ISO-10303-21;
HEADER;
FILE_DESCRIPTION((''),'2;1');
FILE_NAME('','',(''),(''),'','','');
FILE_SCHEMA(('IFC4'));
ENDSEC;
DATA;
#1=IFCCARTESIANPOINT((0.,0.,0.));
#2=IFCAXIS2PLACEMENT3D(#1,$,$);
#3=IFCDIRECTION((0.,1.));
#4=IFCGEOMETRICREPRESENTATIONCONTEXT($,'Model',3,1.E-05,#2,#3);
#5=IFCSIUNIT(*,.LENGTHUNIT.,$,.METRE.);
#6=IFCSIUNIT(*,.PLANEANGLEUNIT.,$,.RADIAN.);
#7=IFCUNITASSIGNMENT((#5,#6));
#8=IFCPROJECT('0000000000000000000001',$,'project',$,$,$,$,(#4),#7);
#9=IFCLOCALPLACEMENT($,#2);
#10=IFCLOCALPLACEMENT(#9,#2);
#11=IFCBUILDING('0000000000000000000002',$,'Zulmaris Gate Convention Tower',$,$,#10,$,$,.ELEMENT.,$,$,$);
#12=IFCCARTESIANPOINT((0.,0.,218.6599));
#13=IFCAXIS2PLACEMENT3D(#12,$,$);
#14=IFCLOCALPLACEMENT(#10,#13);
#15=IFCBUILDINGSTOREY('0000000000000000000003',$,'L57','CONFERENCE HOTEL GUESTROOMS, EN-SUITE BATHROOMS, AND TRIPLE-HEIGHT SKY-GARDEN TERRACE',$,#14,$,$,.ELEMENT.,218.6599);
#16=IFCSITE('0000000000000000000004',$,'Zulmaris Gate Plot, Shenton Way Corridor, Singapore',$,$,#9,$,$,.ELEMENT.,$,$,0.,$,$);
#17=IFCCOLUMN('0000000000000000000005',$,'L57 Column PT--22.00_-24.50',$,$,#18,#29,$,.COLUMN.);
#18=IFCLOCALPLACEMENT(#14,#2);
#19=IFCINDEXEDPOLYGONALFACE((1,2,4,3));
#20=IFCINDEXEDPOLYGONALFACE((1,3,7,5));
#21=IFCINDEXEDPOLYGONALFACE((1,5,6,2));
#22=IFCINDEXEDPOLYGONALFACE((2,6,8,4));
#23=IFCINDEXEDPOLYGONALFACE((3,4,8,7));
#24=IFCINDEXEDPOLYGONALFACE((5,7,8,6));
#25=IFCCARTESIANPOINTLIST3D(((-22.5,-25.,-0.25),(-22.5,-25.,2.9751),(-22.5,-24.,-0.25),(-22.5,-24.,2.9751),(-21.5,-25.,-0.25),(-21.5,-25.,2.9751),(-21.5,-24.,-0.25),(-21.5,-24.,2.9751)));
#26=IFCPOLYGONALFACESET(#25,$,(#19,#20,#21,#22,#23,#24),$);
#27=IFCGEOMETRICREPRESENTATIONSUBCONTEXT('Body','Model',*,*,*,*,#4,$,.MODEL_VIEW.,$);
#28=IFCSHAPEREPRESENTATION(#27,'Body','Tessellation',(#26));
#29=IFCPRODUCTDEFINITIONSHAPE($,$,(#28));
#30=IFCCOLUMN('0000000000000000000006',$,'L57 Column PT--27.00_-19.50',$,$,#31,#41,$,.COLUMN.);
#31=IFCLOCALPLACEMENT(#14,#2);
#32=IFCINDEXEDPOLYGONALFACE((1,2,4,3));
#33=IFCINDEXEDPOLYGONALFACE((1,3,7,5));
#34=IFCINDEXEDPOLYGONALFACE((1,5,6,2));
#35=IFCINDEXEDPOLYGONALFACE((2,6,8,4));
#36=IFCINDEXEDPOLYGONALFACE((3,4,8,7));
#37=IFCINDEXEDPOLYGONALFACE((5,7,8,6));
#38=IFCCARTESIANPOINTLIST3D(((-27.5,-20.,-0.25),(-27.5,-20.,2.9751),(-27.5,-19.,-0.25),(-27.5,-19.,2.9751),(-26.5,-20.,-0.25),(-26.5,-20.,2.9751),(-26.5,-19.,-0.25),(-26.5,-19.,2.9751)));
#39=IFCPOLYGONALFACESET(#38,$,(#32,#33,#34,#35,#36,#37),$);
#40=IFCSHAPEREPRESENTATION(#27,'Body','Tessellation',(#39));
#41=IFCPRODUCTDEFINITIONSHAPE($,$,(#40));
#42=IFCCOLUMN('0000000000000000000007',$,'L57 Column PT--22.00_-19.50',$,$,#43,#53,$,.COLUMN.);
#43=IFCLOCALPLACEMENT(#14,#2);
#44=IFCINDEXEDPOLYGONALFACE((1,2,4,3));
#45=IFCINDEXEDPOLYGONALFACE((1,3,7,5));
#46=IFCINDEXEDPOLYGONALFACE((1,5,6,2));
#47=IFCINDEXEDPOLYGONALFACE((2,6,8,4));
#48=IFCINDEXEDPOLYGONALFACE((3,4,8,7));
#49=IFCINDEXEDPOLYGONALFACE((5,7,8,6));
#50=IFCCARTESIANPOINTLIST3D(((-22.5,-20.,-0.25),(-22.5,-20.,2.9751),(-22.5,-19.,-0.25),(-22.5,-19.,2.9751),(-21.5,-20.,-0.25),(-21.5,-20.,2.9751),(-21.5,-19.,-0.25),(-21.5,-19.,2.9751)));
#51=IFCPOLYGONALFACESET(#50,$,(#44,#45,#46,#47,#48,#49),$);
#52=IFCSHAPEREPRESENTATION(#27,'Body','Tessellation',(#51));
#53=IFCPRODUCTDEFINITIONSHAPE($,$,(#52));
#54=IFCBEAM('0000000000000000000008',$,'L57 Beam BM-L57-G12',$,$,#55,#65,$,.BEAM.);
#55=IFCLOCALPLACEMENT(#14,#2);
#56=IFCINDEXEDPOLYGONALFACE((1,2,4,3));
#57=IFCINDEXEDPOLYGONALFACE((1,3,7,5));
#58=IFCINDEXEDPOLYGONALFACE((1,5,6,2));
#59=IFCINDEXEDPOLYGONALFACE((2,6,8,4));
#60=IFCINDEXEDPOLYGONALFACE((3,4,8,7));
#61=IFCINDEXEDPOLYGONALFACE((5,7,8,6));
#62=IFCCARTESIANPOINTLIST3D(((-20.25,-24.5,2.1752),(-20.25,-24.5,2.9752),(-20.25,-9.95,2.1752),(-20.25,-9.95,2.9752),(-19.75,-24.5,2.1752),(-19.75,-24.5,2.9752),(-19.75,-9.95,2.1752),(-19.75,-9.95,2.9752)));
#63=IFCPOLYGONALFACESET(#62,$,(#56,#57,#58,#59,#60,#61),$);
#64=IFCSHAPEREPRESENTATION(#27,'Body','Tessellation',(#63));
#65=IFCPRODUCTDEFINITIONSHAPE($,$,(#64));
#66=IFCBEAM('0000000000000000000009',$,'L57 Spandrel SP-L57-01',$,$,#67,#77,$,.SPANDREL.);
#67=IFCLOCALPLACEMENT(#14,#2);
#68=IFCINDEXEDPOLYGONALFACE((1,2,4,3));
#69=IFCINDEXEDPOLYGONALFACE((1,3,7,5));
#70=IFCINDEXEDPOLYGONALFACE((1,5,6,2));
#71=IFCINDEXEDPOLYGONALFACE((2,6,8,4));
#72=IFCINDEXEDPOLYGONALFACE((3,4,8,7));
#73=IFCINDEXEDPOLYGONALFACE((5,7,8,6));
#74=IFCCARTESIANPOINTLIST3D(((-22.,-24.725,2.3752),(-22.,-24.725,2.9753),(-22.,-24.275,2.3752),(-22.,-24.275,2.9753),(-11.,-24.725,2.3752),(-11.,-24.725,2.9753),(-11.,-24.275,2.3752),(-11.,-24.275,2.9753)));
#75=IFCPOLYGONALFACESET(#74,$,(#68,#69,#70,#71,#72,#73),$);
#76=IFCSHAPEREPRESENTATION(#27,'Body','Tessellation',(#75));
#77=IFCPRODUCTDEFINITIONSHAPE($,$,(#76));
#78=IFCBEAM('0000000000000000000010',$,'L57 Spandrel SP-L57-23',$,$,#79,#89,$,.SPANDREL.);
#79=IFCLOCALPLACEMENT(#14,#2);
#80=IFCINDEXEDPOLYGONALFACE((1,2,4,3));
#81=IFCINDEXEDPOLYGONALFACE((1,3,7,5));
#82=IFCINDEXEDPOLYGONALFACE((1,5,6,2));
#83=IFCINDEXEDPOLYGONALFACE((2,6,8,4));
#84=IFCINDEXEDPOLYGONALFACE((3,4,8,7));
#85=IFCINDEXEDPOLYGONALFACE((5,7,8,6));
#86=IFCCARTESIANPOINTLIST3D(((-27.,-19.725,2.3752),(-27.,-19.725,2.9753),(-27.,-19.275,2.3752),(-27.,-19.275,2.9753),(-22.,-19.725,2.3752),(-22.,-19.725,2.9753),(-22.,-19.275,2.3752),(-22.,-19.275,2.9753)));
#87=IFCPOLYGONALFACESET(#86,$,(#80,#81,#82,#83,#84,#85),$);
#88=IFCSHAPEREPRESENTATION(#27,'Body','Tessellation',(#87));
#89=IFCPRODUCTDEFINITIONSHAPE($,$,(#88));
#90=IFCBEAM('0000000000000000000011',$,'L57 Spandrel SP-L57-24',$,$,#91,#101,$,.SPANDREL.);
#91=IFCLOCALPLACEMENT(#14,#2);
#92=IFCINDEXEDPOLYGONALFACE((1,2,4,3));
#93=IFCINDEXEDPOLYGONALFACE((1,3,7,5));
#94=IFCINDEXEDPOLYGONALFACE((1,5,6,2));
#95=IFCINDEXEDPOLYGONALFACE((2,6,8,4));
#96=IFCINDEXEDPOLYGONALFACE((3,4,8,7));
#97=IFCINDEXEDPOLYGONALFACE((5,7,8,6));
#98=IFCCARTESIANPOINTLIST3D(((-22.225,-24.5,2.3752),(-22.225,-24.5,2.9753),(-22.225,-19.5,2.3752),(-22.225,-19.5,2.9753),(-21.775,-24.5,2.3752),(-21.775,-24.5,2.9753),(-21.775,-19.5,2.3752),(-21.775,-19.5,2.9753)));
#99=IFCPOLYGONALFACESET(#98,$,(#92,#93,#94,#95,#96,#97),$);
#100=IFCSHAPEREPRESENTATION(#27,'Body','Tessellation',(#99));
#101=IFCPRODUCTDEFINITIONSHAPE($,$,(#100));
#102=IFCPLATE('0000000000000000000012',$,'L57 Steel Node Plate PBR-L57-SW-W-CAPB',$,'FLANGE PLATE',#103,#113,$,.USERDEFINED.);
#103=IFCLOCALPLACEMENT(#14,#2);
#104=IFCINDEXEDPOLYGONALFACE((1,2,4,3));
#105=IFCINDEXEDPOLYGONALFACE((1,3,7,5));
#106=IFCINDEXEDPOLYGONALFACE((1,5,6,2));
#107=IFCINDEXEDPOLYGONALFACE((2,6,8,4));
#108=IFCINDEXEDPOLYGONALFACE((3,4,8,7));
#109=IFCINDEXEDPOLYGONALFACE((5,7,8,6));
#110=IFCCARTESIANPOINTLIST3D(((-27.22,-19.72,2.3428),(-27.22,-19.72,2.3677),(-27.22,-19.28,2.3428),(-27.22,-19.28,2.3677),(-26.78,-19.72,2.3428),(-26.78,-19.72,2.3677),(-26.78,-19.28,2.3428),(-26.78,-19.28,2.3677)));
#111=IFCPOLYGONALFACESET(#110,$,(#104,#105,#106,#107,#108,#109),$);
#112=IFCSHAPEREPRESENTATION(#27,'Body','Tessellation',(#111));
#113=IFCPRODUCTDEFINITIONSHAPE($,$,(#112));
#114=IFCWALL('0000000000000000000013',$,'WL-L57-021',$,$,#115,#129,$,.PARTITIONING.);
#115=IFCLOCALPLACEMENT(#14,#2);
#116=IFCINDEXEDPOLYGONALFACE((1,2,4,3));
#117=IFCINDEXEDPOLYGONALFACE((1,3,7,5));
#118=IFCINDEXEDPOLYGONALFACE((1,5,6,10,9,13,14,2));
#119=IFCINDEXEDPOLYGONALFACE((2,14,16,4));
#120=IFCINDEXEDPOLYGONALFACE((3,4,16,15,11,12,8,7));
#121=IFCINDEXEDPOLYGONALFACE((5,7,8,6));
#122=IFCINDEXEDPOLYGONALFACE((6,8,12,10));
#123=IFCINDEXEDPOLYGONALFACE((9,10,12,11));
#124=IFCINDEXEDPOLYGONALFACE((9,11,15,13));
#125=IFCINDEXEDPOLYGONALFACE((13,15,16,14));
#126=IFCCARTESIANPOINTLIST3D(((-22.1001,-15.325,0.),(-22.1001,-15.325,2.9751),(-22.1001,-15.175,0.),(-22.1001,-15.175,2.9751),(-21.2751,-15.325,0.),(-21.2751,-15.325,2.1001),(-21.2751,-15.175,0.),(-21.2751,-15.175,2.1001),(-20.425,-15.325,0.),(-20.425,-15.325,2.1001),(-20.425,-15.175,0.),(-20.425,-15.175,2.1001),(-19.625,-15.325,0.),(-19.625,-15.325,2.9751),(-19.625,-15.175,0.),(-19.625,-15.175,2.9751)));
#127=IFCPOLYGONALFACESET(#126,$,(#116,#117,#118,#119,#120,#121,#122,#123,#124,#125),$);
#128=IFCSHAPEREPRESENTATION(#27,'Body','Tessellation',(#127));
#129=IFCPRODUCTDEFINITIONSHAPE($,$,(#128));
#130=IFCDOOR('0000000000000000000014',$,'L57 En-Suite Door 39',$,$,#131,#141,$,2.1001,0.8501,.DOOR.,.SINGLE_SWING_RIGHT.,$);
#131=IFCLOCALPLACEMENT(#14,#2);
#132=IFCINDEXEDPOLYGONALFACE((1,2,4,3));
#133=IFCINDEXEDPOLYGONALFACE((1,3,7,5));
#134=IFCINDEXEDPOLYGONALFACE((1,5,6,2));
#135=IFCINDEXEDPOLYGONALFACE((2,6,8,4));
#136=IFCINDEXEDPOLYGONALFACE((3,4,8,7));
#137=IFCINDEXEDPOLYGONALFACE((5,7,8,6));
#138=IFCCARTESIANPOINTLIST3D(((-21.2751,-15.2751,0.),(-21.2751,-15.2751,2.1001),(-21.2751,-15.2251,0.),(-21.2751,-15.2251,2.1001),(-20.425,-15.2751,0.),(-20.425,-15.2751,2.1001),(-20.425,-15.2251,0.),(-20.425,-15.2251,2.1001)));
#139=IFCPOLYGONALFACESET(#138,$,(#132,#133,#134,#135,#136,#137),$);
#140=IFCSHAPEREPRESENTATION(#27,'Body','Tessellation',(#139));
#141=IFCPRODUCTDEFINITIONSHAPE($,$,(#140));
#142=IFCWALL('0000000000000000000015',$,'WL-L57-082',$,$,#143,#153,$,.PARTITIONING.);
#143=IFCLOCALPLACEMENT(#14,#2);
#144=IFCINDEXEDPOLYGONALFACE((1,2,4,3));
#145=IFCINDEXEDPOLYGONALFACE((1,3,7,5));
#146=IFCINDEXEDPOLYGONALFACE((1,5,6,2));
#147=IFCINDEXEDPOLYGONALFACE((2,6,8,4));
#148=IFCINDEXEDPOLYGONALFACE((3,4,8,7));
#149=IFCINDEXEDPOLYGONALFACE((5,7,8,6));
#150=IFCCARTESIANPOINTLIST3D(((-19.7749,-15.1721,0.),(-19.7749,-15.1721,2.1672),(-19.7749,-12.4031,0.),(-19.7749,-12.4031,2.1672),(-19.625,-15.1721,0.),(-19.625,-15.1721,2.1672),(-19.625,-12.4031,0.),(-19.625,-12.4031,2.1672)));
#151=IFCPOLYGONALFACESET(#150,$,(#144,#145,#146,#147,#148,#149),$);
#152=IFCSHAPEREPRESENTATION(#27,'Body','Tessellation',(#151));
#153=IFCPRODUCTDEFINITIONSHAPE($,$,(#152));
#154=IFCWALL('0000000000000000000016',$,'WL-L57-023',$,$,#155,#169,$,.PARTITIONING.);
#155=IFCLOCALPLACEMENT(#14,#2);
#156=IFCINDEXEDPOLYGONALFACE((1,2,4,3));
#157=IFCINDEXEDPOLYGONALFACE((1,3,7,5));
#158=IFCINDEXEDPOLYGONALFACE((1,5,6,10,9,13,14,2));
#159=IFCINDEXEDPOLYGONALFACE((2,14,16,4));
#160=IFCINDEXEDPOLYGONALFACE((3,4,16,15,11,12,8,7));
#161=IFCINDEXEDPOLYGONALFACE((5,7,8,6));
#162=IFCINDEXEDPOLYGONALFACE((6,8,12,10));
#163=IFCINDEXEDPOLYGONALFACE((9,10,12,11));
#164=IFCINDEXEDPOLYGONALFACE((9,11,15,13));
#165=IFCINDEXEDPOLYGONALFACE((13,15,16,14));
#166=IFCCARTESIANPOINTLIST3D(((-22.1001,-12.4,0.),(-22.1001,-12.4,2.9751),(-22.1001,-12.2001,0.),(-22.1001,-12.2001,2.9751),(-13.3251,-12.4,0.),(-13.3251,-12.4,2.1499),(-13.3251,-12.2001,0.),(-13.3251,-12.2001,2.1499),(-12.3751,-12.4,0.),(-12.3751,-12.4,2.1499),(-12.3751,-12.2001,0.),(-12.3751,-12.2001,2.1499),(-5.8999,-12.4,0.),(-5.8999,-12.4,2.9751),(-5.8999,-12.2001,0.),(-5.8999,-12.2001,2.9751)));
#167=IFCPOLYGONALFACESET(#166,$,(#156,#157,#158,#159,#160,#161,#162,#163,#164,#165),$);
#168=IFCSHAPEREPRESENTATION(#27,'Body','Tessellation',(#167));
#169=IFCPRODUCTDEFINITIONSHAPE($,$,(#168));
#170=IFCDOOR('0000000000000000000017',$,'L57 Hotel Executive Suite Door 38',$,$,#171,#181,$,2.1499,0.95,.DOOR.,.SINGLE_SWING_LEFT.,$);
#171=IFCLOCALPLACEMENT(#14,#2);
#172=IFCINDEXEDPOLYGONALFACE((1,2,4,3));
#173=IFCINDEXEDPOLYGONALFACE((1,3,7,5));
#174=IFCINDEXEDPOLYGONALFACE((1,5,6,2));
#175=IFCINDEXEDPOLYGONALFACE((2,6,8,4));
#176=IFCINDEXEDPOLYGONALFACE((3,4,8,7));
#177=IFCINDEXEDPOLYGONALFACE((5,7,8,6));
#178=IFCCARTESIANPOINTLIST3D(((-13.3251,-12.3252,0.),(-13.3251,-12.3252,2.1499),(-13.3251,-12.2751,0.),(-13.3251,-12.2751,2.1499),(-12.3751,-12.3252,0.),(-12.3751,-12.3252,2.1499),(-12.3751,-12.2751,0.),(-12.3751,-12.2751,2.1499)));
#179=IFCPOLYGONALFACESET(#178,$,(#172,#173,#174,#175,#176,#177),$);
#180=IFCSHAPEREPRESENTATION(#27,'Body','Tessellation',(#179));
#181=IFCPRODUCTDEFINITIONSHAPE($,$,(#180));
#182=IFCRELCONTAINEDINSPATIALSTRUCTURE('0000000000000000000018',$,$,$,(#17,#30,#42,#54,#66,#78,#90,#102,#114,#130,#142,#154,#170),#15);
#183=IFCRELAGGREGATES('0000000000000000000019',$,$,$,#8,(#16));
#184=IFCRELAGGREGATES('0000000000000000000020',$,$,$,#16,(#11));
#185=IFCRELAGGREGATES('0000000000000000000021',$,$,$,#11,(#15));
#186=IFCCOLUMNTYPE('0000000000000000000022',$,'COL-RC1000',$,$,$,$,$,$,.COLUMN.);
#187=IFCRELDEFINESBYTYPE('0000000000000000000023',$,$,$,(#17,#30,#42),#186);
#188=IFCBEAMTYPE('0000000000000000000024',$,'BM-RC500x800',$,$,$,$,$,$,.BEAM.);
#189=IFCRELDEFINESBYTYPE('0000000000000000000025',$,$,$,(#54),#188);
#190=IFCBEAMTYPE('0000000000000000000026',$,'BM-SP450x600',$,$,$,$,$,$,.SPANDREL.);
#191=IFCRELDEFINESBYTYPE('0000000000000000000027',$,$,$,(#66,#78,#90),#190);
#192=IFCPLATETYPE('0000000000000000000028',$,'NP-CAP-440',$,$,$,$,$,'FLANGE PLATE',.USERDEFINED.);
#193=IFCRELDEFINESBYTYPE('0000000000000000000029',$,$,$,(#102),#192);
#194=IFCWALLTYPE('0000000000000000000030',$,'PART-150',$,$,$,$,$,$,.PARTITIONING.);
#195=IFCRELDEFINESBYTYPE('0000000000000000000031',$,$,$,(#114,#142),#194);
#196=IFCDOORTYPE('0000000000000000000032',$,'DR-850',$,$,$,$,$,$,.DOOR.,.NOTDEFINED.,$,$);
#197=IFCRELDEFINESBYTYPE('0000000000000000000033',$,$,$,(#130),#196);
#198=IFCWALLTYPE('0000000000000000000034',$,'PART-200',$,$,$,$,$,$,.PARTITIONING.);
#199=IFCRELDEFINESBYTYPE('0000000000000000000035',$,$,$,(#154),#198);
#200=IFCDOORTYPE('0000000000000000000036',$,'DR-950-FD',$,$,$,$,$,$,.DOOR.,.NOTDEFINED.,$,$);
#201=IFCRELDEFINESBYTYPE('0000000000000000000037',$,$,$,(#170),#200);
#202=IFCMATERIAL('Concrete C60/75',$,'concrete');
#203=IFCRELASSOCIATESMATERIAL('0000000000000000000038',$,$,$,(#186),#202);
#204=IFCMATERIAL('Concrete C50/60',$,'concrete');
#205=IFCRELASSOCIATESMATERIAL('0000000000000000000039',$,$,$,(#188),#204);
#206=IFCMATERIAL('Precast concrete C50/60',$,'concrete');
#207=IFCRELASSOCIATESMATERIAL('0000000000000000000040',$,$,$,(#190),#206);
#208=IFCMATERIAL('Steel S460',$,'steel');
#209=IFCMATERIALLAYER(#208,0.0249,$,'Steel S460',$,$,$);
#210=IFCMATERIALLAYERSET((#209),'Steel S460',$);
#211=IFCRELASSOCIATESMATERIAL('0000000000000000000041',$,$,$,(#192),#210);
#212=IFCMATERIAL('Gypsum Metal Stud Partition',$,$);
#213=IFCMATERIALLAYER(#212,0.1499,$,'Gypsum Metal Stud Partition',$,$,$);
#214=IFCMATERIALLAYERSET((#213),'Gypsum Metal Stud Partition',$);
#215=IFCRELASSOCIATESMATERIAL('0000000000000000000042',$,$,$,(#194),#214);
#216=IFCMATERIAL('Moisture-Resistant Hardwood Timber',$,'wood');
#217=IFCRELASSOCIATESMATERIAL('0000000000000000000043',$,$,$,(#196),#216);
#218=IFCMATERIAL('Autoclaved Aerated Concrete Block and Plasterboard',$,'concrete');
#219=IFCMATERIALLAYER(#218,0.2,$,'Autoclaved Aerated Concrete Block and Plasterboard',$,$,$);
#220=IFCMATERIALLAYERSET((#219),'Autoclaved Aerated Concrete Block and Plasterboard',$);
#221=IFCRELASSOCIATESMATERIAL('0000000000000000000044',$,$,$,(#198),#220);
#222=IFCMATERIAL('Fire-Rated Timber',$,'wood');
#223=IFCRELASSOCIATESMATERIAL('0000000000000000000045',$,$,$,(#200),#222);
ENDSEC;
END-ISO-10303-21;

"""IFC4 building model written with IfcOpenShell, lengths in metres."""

from ifc_helpers import new_model, si_unit, direction, frame, frame_2d, origin, origin_2d, place, context, subcontext, project, spatial, rectangle, extrude, material, layer, layer_set, material_profile, profile_set, type_object, element, fill, save


model = new_model("IFC4")

# Units and contexts
model_context = context("Model", 3, precision=1e-05, world=origin(), true_north=direction((0.0, 1.0)))
body_context = subcontext(model_context, "Body", "Model", "MODEL_VIEW")
ifc_project = project(units=[si_unit("LENGTHUNIT", "METRE"), si_unit("PLANEANGLEUNIT", "RADIAN")], contexts=[model_context])

# Site, building, storey
site_placement = place(None, origin())
site = spatial("IfcSite", under=ifc_project, at=site_placement, Name="Zulmaris Gate Plot, Shenton Way Corridor, Singapore", CompositionType="ELEMENT", RefElevation=0.0)
building_placement = place(site_placement, origin())
building = spatial("IfcBuilding", under=site, at=building_placement, Name="Zulmaris Gate Convention Tower", CompositionType="ELEMENT")
storey_placement = place(building_placement, frame((0.0, 0.0, 218.6599)))
storey = spatial("IfcBuildingStorey", under=building, at=storey_placement, Name="L57", Description="CONFERENCE HOTEL GUESTROOMS, EN-SUITE BATHROOMS, AND TRIPLE-HEIGHT SKY-GARDEN TERRACE", CompositionType="ELEMENT", Elevation=218.6599)

# Columns
ifc_material_1 = material(Name="Concrete C60/75", Category="concrete")
ifc_material_profile_1 = material_profile(ifc_material_1, rectangle(XDim=1.0, YDim=1.0, at=origin_2d()), Name="RC COL 1000x1000")
ifc_profile_set_1 = profile_set([ifc_material_profile_1], Name="Concrete C60/75")
column_type = type_object("IfcColumnType", Name="COL-RC1000", PredefinedType="COLUMN", material=ifc_profile_set_1)
for number, where, z_axis, x_axis, name in (
    (1, (-22.0, -24.5, -0.25), (0.0, 0.0, 1.0), (1.0, 0.0, 0.0), "L57 Column PT--22.00_-24.50"),
    (2, (-27.0, -19.5, -0.25), (0.0, 0.0, 1.0), (1.0, 0.0, 0.0), "L57 Column PT--27.00_-19.50"),
    (3, (-22.0, -19.5, -0.25), (0.0, 0.0, 1.0), (1.0, 0.0, 0.0), "L57 Column PT--22.00_-19.50"),
):
    element("IfcColumn", number, at=place(storey_placement, frame(where, z_axis=z_axis, x_axis=x_axis)), inside=storey, type_object=column_type, Name=name, PredefinedType="COLUMN", context=body_context, shape_type="SweptSolid", body=[
        extrude(rectangle(XDim=1.0, YDim=1.0, at=origin_2d()), origin(), (0.0, 0.0, 1.0), 3.2251),
    ])

# Beams
ifc_material_2 = material(Name="Concrete C50/60", Category="concrete")
ifc_material_profile_2 = material_profile(ifc_material_2, rectangle(XDim=0.5, YDim=0.8, at=origin_2d()), Name="RC BEAM 500x800")
ifc_profile_set_2 = profile_set([ifc_material_profile_2], Name="Concrete C50/60")
beam_type_1 = type_object("IfcBeamType", Name="BM-RC500x800", PredefinedType="BEAM", material=ifc_profile_set_2)
beam_1_placement = place(storey_placement, frame((-20.0, -24.5, 2.5752), z_axis=(0.0, 1.0, 0.0), x_axis=(-1.0, 0.0, 0.0)))
element("IfcBeam", 4, at=beam_1_placement, inside=storey, type_object=beam_type_1, Name="L57 Beam BM-L57-G12", PredefinedType="BEAM", context=body_context, shape_type="SweptSolid", body=[
    extrude(rectangle(XDim=0.5, YDim=0.8, at=origin_2d()), origin(), (0.0, 0.0, 1.0), 14.55),
])
ifc_material_3 = material(Name="Precast concrete C50/60", Category="concrete")
ifc_material_profile_3 = material_profile(ifc_material_3, rectangle(XDim=0.45, YDim=0.6001, at=origin_2d()), Name="RC SPANDREL 450x600")
ifc_profile_set_3 = profile_set([ifc_material_profile_3], Name="Precast concrete C50/60")
beam_type_2 = type_object("IfcBeamType", Name="BM-SP450x600", PredefinedType="SPANDREL", material=ifc_profile_set_3)
beam_2_placement = place(storey_placement, frame((-22.0, -24.5, 2.6753), z_axis=(1.0, 0.0, 0.0), x_axis=(0.0, 1.0, 0.0)))
element("IfcBeam", 5, at=beam_2_placement, inside=storey, type_object=beam_type_2, Name="L57 Spandrel SP-L57-01", PredefinedType="SPANDREL", context=body_context, shape_type="SweptSolid", body=[
    extrude(rectangle(XDim=0.45, YDim=0.6001, at=origin_2d()), origin(), (0.0, 0.0, 1.0), 11.0),
])
for number, where, z_axis, x_axis, name in (
    (6, (-27.0, -19.5, 2.6753), (1.0, 0.0, 0.0), (0.0, 1.0, 0.0), "L57 Spandrel SP-L57-23"),
    (7, (-22.0, -19.5, 2.6753), (0.0, -1.0, 0.0), (1.0, 0.0, 0.0), "L57 Spandrel SP-L57-24"),
):
    element("IfcBeam", number, at=place(storey_placement, frame(where, z_axis=z_axis, x_axis=x_axis)), inside=storey, type_object=beam_type_2, Name=name, PredefinedType="SPANDREL", context=body_context, shape_type="SweptSolid", body=[
        extrude(rectangle(XDim=0.45, YDim=0.6001, at=origin_2d()), origin(), (0.0, 0.0, 1.0), 5.0),
    ])

# Plate
ifc_material_4 = material(Name="Steel S460", Category="steel")
ifc_layer_1 = layer(ifc_material_4, 0.0249, Name="Steel S460")
ifc_layer_set_1 = layer_set([ifc_layer_1], Name="Steel S460")
plate_type = type_object("IfcPlateType", Name="NP-CAP-440", ElementType="FLANGE PLATE", PredefinedType="USERDEFINED", material=ifc_layer_set_1)
plate_placement = place(storey_placement, frame((-27.0, -19.5, 2.3428), z_axis=(0.0, 0.0, 1.0), x_axis=(1.0, 0.0, 0.0)))
element("IfcPlate", 8, at=plate_placement, inside=storey, type_object=plate_type, Name="L57 Steel Node Plate PBR-L57-SW-W-CAPB", ObjectType="FLANGE PLATE", PredefinedType="USERDEFINED", context=body_context, shape_type="SweptSolid", body=[
    extrude(rectangle(XDim=0.4399, YDim=0.4399, at=origin_2d()), origin(), (0.0, 0.0, 1.0), 0.0249),
])

# Wall, opening, door
ifc_material_5 = material(Name="Gypsum Metal Stud Partition")
ifc_layer_2 = layer(ifc_material_5, 0.1499, Name="Gypsum Metal Stud Partition")
ifc_layer_set_2 = layer_set([ifc_layer_2], Name="Gypsum Metal Stud Partition")
wall_type_1 = type_object("IfcWallType", Name="PART-150", PredefinedType="PARTITIONING", material=ifc_layer_set_2)
wall_1_placement = place(storey_placement, frame((-22.1001, -15.25, 0.0), z_axis=(0.0, 0.0, 1.0), x_axis=(1.0, 0.0, 0.0)))
wall_1 = element("IfcWall", 9, at=wall_1_placement, inside=storey, type_object=wall_type_1, Name="WL-L57-021", PredefinedType="PARTITIONING", context=body_context, shape_type="SweptSolid", body=[
    extrude(rectangle(XDim=2.4751, YDim=0.1499, at=frame_2d((1.2375, 0.0))), origin(), (0.0, 0.0, 1.0), 2.9751),
])
opening_1_placement = place(wall_1_placement, frame((0.825, 0.0, 0.0)))
opening_1 = element("IfcOpeningElement", 10, at=opening_1_placement, cuts=wall_1, PredefinedType="OPENING", context=body_context, shape_type="SweptSolid", body=[
    extrude(rectangle(XDim=0.8501, YDim=2.1001, at=frame_2d((0.425, 1.05))), frame((0.0, 0.085, 0.0), z_axis=(0.0, -1.0, 0.0), x_axis=(1.0, 0.0, 0.0)), (0.0, 0.0, 1.0), 0.1699),
])
ifc_material_6 = material(Name="Moisture-Resistant Hardwood Timber", Category="wood")
door_type_1 = type_object("IfcDoorType", Name="DR-850", OperationType="NOTDEFINED", PredefinedType="DOOR", material=ifc_material_6)
door_1_placement = place(opening_1_placement, origin())
door_1 = element("IfcDoor", 11, at=door_1_placement, inside=storey, type_object=door_type_1, Name="L57 En-Suite Door 39", OperationType="SINGLE_SWING_RIGHT", OverallHeight=2.1001, OverallWidth=0.8501, PredefinedType="DOOR", context=body_context, shape_type="SweptSolid", body=[
    extrude(rectangle(XDim=0.8501, YDim=2.1001, at=frame_2d((0.425, 1.05))), frame((0.0, 0.0249, 0.0), z_axis=(0.0, -1.0, 0.0), x_axis=(1.0, 0.0, 0.0)), (0.0, 0.0, 1.0), 0.05),
])
fill(opening_1, door_1)

# Wall
wall_2_placement = place(storey_placement, frame((-19.7, -15.1721, 0.0), z_axis=(0.0, 0.0, 1.0), x_axis=(0.0, 1.0, 0.0)))
element("IfcWall", 12, at=wall_2_placement, inside=storey, type_object=wall_type_1, Name="WL-L57-082", PredefinedType="PARTITIONING", context=body_context, shape_type="SweptSolid", body=[
    extrude(rectangle(XDim=2.769, YDim=0.1499, at=frame_2d((1.3845, 0.0))), origin(), (0.0, 0.0, 1.0), 2.1672),
])

# Wall, opening, door
ifc_material_7 = material(Name="Autoclaved Aerated Concrete Block and Plasterboard", Category="concrete")
ifc_layer_3 = layer(ifc_material_7, 0.2, Name="Autoclaved Aerated Concrete Block and Plasterboard")
ifc_layer_set_3 = layer_set([ifc_layer_3], Name="Autoclaved Aerated Concrete Block and Plasterboard")
wall_type_2 = type_object("IfcWallType", Name="PART-200", PredefinedType="PARTITIONING", material=ifc_layer_set_3)
wall_3_placement = place(storey_placement, frame((-22.1001, -12.3, 0.0), z_axis=(0.0, 0.0, 1.0), x_axis=(1.0, 0.0, 0.0)))
wall_3 = element("IfcWall", 13, at=wall_3_placement, inside=storey, type_object=wall_type_2, Name="WL-L57-023", PredefinedType="PARTITIONING", context=body_context, shape_type="SweptSolid", body=[
    extrude(rectangle(XDim=16.2002, YDim=0.2, at=frame_2d((8.1001, 0.0))), origin(), (0.0, 0.0, 1.0), 2.9751),
])
opening_2_placement = place(wall_3_placement, frame((8.7749, 0.0, 0.0)))
opening_2 = element("IfcOpeningElement", 14, at=opening_2_placement, cuts=wall_3, PredefinedType="OPENING", context=body_context, shape_type="SweptSolid", body=[
    extrude(rectangle(XDim=0.95, YDim=2.1499, at=frame_2d((0.4751, 1.075))), frame((0.0, 0.1099, 0.0), z_axis=(0.0, -1.0, 0.0), x_axis=(1.0, 0.0, 0.0)), (0.0, 0.0, 1.0), 0.22),
])
ifc_material_8 = material(Name="Fire-Rated Timber", Category="wood")
door_type_2 = type_object("IfcDoorType", Name="DR-950-FD", OperationType="NOTDEFINED", PredefinedType="DOOR", material=ifc_material_8)
door_2_placement = place(opening_2_placement, origin())
door_2 = element("IfcDoor", 15, at=door_2_placement, inside=storey, type_object=door_type_2, Name="L57 Hotel Executive Suite Door 38", OperationType="SINGLE_SWING_LEFT", OverallHeight=2.1499, OverallWidth=0.95, PredefinedType="DOOR", context=body_context, shape_type="SweptSolid", body=[
    extrude(rectangle(XDim=0.95, YDim=2.1499, at=frame_2d((0.4751, 1.075))), frame((0.0, 0.0249, 0.0), z_axis=(0.0, -1.0, 0.0), x_axis=(1.0, 0.0, 0.0)), (0.0, 0.0, 1.0), 0.05),
])
fill(opening_2, door_2)

save(model, "model.ifc")
